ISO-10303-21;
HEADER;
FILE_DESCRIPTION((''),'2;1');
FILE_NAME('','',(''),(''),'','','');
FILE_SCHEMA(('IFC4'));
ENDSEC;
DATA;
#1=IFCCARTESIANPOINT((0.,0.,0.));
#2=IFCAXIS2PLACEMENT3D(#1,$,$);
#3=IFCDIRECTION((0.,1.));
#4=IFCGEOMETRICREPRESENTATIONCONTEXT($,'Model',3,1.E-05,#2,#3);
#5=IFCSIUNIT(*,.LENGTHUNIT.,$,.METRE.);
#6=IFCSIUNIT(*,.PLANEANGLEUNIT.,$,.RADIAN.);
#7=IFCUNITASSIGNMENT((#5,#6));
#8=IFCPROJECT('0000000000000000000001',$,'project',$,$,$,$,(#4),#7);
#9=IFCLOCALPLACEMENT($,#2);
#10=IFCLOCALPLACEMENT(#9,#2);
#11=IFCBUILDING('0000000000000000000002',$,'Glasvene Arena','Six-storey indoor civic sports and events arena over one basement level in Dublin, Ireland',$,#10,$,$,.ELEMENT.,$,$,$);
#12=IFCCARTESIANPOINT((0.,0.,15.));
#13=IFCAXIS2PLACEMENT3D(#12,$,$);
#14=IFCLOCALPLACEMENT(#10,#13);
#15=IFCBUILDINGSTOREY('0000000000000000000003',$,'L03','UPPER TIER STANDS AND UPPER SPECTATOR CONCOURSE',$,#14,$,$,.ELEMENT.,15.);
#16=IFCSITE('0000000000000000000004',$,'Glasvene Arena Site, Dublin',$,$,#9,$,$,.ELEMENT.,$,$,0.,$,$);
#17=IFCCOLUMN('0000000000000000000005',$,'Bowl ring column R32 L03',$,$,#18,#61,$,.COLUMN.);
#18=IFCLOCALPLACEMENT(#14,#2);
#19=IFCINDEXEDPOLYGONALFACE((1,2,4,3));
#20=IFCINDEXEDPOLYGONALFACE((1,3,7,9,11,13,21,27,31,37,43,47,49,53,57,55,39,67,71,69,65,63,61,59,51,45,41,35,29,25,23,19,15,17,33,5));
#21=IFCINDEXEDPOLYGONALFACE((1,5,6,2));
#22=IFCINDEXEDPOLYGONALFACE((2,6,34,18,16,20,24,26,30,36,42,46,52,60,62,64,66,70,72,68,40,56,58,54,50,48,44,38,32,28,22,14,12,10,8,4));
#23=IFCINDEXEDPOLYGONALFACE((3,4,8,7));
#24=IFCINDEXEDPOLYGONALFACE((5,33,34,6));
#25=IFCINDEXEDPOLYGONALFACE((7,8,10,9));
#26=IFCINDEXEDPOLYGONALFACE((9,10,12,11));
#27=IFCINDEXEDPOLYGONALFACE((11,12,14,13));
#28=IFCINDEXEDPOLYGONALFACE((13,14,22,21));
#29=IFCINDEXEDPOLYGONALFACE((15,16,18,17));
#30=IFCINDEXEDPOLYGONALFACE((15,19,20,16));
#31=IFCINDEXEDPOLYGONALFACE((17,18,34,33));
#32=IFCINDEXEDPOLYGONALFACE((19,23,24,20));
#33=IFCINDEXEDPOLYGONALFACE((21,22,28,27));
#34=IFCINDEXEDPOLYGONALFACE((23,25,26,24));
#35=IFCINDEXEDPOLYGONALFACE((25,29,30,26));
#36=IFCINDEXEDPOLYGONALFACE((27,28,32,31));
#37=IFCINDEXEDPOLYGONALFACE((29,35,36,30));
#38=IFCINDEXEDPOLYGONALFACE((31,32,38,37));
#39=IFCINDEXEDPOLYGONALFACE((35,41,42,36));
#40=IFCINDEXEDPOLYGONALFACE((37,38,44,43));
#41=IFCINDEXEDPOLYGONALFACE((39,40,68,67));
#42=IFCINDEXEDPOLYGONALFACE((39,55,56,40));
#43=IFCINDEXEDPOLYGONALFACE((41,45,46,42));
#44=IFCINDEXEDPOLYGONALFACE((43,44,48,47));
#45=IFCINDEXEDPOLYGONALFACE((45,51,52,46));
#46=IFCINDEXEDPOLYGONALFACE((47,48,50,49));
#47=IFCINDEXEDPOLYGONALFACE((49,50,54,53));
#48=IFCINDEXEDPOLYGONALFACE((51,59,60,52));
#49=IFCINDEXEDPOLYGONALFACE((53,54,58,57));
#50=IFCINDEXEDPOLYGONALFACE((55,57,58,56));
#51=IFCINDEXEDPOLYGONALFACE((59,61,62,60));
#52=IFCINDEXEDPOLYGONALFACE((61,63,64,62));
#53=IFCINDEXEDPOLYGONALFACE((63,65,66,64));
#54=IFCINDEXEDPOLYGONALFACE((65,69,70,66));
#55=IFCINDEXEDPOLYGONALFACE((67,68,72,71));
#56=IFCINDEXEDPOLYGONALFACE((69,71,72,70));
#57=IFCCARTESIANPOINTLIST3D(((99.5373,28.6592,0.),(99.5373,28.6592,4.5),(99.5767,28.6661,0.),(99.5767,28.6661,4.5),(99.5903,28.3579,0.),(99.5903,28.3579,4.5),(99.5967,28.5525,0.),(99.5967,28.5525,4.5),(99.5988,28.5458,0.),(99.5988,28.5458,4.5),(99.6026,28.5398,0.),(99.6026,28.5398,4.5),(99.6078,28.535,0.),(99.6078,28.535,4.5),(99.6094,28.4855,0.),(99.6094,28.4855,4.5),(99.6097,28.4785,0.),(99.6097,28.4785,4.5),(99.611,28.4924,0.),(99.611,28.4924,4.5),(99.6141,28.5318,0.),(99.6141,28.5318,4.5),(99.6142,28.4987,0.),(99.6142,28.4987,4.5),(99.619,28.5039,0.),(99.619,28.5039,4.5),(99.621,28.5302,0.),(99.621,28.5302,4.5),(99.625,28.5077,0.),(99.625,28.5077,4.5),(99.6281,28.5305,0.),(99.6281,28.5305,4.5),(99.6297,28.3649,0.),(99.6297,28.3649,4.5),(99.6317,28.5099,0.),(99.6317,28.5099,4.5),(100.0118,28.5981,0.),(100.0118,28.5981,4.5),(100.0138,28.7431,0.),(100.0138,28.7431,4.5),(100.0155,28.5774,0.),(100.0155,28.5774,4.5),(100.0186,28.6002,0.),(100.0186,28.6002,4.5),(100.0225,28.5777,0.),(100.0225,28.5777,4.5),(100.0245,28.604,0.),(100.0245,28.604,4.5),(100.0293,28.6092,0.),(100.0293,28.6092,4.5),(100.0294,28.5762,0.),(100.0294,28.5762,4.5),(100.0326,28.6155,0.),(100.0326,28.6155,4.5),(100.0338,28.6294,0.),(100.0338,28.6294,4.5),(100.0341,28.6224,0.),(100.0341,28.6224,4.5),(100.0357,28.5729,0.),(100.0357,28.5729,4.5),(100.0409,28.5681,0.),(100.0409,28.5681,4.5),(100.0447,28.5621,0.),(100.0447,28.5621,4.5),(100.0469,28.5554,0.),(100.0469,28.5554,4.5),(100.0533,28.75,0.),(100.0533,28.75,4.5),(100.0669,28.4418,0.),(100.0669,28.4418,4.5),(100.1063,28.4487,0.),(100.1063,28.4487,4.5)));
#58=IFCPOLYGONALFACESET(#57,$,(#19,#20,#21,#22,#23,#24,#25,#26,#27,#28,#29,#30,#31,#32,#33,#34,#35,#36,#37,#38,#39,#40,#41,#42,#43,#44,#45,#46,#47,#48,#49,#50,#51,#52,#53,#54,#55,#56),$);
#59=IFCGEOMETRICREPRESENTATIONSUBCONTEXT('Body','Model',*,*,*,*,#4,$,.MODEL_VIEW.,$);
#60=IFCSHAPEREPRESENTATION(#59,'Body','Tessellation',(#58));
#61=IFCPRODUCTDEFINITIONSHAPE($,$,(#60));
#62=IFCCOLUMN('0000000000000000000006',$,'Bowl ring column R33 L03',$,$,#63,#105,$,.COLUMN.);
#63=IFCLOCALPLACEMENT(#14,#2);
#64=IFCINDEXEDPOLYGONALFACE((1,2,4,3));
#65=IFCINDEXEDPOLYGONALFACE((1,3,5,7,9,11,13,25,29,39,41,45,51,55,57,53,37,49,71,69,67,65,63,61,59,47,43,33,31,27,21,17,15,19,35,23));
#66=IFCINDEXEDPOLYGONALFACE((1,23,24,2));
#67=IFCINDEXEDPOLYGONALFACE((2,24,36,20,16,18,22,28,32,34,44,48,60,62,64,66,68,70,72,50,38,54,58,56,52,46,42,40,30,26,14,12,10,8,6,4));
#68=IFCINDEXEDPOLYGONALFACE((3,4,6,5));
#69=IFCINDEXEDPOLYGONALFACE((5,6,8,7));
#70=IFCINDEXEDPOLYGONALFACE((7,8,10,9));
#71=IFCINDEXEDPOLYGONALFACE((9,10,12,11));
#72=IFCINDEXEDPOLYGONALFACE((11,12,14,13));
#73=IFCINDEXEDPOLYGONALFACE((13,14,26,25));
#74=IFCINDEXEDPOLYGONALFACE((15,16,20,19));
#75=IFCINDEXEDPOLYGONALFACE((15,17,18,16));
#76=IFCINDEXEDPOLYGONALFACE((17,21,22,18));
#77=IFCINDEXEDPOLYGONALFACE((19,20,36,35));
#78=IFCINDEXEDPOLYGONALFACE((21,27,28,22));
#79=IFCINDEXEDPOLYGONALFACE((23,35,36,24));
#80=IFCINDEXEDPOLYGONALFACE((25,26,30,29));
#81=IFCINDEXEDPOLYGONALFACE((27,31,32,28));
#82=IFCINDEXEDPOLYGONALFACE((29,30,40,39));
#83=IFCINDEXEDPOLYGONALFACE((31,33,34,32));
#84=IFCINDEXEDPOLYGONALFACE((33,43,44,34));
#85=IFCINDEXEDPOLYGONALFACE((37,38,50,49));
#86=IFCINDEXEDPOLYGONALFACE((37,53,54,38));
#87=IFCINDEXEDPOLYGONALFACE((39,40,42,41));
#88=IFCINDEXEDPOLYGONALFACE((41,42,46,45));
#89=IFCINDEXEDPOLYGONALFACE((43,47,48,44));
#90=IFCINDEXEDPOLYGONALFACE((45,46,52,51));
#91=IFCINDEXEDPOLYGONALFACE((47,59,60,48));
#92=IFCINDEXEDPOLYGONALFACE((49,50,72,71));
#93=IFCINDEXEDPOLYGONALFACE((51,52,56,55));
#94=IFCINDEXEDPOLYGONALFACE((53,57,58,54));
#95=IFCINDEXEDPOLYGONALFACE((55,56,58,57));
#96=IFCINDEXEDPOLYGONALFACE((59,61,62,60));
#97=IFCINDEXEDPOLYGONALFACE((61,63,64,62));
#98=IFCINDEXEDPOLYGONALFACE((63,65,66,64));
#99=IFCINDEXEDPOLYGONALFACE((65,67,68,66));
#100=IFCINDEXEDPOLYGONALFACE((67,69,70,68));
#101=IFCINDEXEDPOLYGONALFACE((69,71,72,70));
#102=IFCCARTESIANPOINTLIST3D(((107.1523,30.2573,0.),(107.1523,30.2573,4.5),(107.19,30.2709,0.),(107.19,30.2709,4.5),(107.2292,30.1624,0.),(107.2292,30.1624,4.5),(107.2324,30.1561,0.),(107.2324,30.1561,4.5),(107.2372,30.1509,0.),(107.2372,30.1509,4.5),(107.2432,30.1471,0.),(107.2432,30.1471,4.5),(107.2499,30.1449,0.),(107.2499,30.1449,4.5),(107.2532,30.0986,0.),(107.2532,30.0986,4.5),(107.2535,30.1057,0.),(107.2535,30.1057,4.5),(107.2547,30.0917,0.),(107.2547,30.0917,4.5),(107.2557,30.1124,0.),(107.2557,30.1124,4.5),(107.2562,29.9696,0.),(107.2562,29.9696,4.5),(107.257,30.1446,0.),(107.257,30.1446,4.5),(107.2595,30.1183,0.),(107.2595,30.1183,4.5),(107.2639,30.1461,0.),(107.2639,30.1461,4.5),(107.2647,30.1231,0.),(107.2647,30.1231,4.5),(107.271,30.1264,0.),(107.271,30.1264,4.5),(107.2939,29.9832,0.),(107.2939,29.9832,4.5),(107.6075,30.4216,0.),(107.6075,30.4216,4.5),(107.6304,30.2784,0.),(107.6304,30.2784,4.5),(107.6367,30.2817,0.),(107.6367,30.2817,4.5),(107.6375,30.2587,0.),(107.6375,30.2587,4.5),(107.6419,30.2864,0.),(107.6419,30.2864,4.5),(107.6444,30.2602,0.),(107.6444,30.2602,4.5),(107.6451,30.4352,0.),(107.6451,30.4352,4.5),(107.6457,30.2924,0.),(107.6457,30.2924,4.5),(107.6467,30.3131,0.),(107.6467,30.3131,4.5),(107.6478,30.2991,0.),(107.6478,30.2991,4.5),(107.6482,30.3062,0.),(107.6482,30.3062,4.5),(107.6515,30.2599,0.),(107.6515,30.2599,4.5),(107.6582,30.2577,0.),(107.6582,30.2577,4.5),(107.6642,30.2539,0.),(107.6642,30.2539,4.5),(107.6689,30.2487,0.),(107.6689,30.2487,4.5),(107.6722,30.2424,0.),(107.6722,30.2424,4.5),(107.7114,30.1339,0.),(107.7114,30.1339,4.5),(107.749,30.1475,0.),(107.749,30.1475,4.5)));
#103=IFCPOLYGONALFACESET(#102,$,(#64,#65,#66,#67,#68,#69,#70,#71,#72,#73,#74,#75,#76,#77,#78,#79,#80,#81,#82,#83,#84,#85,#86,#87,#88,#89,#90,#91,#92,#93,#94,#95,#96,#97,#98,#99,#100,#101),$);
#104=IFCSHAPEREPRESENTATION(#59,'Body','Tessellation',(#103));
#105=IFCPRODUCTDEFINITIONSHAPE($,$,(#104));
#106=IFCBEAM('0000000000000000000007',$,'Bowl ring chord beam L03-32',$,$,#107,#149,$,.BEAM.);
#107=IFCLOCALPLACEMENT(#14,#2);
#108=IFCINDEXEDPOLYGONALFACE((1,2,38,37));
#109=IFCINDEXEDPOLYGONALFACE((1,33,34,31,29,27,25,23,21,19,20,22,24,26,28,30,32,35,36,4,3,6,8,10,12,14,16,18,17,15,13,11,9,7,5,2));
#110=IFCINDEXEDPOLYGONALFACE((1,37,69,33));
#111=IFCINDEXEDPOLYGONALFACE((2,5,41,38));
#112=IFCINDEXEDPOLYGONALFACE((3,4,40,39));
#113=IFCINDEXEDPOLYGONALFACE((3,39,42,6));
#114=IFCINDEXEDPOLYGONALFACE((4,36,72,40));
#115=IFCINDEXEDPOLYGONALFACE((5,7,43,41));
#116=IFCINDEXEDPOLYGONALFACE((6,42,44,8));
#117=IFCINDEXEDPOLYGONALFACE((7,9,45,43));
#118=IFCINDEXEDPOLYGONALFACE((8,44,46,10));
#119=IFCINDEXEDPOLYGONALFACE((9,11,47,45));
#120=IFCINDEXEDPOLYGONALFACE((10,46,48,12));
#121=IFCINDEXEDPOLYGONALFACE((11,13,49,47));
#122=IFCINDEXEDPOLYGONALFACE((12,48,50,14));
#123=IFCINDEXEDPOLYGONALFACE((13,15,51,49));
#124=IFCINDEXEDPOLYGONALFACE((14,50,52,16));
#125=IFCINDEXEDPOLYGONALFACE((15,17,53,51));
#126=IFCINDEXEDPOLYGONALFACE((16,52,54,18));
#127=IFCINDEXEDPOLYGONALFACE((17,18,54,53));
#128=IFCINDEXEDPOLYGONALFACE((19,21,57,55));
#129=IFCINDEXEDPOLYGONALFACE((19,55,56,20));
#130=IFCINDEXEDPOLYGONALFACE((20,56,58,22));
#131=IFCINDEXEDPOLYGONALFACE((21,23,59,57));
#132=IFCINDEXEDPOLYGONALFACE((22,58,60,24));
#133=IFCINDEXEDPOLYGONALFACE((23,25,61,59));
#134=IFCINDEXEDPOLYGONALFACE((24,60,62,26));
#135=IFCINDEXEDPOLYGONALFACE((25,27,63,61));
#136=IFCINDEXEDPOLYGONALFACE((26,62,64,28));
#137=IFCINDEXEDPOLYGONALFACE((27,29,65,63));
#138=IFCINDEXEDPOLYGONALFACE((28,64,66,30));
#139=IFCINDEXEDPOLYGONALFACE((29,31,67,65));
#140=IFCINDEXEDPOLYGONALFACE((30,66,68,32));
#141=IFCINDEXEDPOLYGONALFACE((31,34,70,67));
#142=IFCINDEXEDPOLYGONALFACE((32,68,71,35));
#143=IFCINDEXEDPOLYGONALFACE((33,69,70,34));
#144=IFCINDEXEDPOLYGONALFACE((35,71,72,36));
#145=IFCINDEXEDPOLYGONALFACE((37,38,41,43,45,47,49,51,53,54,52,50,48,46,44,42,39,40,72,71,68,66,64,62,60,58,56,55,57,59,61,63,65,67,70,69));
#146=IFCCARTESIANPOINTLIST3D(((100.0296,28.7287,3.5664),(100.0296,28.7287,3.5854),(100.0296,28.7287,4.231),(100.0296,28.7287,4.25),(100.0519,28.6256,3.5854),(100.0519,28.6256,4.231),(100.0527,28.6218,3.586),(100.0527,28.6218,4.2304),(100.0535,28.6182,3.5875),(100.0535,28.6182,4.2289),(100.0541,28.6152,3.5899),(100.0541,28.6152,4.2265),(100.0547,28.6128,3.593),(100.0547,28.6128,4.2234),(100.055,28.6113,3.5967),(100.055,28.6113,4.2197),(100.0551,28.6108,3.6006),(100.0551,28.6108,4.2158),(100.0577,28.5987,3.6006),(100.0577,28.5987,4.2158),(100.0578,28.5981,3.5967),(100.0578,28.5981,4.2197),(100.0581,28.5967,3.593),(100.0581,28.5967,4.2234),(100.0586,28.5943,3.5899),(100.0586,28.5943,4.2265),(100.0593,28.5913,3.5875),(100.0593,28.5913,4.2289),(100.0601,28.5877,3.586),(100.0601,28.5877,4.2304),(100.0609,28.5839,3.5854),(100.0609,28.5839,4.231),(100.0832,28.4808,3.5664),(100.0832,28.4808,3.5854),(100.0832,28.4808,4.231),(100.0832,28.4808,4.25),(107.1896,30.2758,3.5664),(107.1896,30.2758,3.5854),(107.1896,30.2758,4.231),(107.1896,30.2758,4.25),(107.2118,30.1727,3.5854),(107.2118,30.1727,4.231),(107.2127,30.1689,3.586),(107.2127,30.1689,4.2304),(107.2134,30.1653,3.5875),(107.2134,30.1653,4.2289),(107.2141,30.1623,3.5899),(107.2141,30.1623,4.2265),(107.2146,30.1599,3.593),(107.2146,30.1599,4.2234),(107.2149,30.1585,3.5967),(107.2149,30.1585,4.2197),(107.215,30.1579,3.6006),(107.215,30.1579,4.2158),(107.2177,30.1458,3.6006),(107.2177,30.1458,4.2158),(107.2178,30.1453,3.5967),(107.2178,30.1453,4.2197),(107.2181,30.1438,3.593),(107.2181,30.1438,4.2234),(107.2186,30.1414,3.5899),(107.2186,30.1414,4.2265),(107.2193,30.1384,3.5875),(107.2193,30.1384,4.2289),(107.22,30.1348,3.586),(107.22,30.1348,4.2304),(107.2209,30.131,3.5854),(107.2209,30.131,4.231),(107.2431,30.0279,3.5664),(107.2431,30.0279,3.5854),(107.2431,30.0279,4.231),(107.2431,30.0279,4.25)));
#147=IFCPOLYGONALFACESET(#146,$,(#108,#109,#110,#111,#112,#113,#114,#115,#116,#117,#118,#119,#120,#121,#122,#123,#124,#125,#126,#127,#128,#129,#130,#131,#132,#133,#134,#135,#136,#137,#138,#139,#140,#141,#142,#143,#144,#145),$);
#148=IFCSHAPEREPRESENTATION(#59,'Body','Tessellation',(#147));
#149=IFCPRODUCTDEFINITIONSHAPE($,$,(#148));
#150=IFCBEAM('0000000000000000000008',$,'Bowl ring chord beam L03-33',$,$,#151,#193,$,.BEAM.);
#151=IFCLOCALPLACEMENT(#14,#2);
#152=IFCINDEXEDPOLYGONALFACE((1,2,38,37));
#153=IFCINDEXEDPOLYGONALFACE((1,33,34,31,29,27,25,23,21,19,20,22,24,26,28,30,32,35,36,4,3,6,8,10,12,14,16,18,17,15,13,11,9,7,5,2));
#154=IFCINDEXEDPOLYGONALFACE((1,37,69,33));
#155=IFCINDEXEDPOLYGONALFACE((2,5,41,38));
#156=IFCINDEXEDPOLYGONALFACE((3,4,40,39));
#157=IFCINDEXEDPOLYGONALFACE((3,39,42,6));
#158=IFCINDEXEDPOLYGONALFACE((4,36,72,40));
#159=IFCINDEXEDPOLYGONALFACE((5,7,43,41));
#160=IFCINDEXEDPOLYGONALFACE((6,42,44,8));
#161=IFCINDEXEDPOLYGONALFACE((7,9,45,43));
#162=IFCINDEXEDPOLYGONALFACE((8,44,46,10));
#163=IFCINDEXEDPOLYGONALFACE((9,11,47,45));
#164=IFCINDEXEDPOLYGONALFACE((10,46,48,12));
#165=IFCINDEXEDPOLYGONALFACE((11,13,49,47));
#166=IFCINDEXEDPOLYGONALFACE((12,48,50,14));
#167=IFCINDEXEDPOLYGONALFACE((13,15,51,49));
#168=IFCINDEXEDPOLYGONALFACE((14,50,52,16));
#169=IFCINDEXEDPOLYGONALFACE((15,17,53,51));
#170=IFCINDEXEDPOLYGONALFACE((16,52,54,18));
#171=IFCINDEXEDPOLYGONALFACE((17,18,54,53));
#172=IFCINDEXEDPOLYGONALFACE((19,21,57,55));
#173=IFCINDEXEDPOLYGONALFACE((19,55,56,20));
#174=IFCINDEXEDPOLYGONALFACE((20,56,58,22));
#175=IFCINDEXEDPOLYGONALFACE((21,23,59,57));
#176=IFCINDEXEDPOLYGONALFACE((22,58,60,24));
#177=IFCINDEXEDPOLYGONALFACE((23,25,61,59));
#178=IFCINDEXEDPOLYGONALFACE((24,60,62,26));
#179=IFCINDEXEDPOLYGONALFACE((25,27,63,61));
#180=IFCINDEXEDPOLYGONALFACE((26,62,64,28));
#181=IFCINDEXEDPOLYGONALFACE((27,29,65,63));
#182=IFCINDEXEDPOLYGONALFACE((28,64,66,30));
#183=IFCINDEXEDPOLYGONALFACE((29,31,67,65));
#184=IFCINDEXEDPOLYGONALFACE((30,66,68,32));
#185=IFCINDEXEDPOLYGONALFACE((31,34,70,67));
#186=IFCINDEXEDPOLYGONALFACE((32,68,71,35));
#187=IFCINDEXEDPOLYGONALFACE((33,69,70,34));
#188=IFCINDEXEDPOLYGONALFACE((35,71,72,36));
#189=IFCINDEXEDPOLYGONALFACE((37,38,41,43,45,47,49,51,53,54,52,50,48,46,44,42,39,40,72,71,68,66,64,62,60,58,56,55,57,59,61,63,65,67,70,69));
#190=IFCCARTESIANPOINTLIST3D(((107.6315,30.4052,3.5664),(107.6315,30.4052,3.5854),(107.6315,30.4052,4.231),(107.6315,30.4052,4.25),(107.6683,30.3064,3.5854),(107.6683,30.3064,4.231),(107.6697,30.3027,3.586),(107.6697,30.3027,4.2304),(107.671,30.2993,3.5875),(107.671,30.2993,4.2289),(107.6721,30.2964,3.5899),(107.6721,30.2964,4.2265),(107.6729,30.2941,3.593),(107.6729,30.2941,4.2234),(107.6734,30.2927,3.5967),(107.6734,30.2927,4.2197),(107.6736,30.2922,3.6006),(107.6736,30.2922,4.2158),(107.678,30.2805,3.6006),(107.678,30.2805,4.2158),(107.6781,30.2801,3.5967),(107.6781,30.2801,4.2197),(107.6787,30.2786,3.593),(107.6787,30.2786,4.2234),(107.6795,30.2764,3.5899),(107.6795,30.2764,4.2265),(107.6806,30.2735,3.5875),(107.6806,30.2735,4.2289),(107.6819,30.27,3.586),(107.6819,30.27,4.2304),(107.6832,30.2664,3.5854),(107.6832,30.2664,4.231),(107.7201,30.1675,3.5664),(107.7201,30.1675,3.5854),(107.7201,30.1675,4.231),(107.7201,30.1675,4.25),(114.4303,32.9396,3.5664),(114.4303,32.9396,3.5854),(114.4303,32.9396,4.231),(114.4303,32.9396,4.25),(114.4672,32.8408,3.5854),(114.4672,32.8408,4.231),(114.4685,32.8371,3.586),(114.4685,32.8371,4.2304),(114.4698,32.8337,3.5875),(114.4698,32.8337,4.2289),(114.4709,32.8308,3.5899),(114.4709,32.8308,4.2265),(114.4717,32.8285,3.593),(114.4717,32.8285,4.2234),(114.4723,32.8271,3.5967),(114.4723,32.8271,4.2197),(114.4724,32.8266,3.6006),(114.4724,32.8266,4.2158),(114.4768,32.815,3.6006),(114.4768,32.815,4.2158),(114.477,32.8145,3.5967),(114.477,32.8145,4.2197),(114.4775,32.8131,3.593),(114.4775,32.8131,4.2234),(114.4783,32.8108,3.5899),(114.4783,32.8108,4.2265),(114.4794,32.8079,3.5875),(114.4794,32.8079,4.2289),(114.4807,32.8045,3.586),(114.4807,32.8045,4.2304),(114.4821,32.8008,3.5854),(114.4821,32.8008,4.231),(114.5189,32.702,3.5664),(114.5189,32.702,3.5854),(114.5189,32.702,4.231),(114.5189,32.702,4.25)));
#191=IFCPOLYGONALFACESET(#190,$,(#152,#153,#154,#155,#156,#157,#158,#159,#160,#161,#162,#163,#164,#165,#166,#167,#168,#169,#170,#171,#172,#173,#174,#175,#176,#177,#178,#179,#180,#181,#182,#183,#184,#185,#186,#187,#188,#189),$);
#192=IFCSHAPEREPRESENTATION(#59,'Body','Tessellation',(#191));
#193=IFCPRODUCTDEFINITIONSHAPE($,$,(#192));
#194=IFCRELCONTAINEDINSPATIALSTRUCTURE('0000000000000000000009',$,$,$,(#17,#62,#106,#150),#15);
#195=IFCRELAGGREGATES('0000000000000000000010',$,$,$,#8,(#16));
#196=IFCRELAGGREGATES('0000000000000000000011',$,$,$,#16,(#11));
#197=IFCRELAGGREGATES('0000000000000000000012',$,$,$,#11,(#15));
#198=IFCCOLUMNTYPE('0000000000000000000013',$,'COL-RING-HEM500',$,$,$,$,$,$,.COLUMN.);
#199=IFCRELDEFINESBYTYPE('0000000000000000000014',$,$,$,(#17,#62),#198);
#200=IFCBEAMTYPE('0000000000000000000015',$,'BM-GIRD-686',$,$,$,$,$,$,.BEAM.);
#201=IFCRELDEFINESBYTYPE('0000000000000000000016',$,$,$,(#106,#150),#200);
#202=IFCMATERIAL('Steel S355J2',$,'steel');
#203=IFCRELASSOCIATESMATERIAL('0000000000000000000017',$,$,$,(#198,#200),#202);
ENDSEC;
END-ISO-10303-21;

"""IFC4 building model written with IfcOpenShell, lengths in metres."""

from ifc_helpers import new_model, si_unit, direction, frame, origin, origin_2d, place, context, subcontext, project, spatial, i_section, extrude, material, material_profile, profile_set, type_object, element, save


model = new_model("IFC4")

# Units and contexts
model_context = context("Model", 3, precision=1e-05, world=origin(), true_north=direction((0.0, 1.0)))
body_context = subcontext(model_context, "Body", "Model", "MODEL_VIEW")
ifc_project = project(units=[si_unit("LENGTHUNIT", "METRE"), si_unit("PLANEANGLEUNIT", "RADIAN")], contexts=[model_context])

# Site, building, storey
site_placement = place(None, origin())
site = spatial("IfcSite", under=ifc_project, at=site_placement, Name="Glasvene Arena Site, Dublin", CompositionType="ELEMENT", RefElevation=0.0)
building_placement = place(site_placement, origin())
building = spatial("IfcBuilding", under=site, at=building_placement, Name="Glasvene Arena", Description="Six-storey indoor civic sports and events arena over one basement level in Dublin, Ireland", CompositionType="ELEMENT")
storey_placement = place(building_placement, frame((0.0, 0.0, 15.0)))
storey = spatial("IfcBuildingStorey", under=building, at=storey_placement, Name="L03", Description="UPPER TIER STANDS AND UPPER SPECTATOR CONCOURSE", CompositionType="ELEMENT", Elevation=15.0)

# Columns
ifc_material_1 = material(Name="Steel S355J2", Category="steel")
ifc_material_profile_1 = material_profile(ifc_material_1, i_section(OverallWidth=0.3059, OverallDepth=0.5239, WebThickness=0.021, FlangeThickness=0.04, FilletRadius=0.0271, at=origin_2d()), Name="HEM 500")
ifc_profile_set_1 = profile_set([ifc_material_profile_1], Name="Steel S355J2")
column_type = type_object("IfcColumnType", Name="COL-RING-HEM500", PredefinedType="COLUMN", material=ifc_profile_set_1)
for number, where, z_axis, x_axis, name in (
    (1, (99.8218, 28.554, 0.0), (0.0, 0.0, 1.0), (0.173304, -0.984868, 0.0), "Bowl ring column R32 L03"),
    (2, (107.4507, 30.2024, 0.0), (0.0, 0.0, 1.0), (0.339559, -0.940585, 0.0), "Bowl ring column R33 L03"),
):
    element("IfcColumn", number, at=place(storey_placement, frame(where, z_axis=z_axis, x_axis=x_axis)), inside=storey, type_object=column_type, Name=name, PredefinedType="COLUMN", context=body_context, shape_type="SweptSolid", body=[
        extrude(i_section(OverallWidth=0.3059, OverallDepth=0.5239, WebThickness=0.021, FlangeThickness=0.04, FilletRadius=0.0271, at=origin_2d()), origin(), (0.0, 0.0, 1.0), 4.5),
    ])

# Beams
ifc_material_profile_2 = material_profile(ifc_material_1, i_section(OverallWidth=0.2537, OverallDepth=0.6836, WebThickness=0.0125, FlangeThickness=0.019, FilletRadius=0.0151, at=origin_2d()), Name="UKB 686x254x140")
ifc_profile_set_2 = profile_set([ifc_material_profile_2], Name="Steel S355J2")
beam_type_1 = type_object("IfcBeamType", Name="BM-GIRD-686", PredefinedType="BEAM", material=ifc_profile_set_2)
beam_1_placement = place(storey_placement, frame((100.0564, 28.6047, 3.9082), z_axis=(0.977442, 0.211206, 0.0), x_axis=(-0.211206, 0.977442, 0.0)))
element("IfcBeam", 3, at=beam_1_placement, inside=storey, type_object=beam_type_1, Name="Bowl ring chord beam L03-32", PredefinedType="BEAM", context=body_context, shape_type="SweptSolid", body=[
    extrude(i_section(OverallWidth=0.2537, OverallDepth=0.6836, WebThickness=0.0125, FlangeThickness=0.019, FilletRadius=0.0151, at=origin_2d()), origin(), (0.0, 0.0, 1.0), 7.3252),
])
beam_2_placement = place(storey_placement, frame((107.6758, 30.2864, 3.9082), z_axis=(0.937013, 0.349294, 0.0), x_axis=(-0.349294, 0.937013, 0.0)))
element("IfcBeam", 4, at=beam_2_placement, inside=storey, type_object=beam_type_1, Name="Bowl ring chord beam L03-33", PredefinedType="BEAM", context=body_context, shape_type="SweptSolid", body=[
    extrude(i_section(OverallWidth=0.2537, OverallDepth=0.6836, WebThickness=0.0125, FlangeThickness=0.019, FilletRadius=0.0151, at=origin_2d()), origin(), (0.0, 0.0, 1.0), 7.2559),
])

save(model, "model.ifc")
